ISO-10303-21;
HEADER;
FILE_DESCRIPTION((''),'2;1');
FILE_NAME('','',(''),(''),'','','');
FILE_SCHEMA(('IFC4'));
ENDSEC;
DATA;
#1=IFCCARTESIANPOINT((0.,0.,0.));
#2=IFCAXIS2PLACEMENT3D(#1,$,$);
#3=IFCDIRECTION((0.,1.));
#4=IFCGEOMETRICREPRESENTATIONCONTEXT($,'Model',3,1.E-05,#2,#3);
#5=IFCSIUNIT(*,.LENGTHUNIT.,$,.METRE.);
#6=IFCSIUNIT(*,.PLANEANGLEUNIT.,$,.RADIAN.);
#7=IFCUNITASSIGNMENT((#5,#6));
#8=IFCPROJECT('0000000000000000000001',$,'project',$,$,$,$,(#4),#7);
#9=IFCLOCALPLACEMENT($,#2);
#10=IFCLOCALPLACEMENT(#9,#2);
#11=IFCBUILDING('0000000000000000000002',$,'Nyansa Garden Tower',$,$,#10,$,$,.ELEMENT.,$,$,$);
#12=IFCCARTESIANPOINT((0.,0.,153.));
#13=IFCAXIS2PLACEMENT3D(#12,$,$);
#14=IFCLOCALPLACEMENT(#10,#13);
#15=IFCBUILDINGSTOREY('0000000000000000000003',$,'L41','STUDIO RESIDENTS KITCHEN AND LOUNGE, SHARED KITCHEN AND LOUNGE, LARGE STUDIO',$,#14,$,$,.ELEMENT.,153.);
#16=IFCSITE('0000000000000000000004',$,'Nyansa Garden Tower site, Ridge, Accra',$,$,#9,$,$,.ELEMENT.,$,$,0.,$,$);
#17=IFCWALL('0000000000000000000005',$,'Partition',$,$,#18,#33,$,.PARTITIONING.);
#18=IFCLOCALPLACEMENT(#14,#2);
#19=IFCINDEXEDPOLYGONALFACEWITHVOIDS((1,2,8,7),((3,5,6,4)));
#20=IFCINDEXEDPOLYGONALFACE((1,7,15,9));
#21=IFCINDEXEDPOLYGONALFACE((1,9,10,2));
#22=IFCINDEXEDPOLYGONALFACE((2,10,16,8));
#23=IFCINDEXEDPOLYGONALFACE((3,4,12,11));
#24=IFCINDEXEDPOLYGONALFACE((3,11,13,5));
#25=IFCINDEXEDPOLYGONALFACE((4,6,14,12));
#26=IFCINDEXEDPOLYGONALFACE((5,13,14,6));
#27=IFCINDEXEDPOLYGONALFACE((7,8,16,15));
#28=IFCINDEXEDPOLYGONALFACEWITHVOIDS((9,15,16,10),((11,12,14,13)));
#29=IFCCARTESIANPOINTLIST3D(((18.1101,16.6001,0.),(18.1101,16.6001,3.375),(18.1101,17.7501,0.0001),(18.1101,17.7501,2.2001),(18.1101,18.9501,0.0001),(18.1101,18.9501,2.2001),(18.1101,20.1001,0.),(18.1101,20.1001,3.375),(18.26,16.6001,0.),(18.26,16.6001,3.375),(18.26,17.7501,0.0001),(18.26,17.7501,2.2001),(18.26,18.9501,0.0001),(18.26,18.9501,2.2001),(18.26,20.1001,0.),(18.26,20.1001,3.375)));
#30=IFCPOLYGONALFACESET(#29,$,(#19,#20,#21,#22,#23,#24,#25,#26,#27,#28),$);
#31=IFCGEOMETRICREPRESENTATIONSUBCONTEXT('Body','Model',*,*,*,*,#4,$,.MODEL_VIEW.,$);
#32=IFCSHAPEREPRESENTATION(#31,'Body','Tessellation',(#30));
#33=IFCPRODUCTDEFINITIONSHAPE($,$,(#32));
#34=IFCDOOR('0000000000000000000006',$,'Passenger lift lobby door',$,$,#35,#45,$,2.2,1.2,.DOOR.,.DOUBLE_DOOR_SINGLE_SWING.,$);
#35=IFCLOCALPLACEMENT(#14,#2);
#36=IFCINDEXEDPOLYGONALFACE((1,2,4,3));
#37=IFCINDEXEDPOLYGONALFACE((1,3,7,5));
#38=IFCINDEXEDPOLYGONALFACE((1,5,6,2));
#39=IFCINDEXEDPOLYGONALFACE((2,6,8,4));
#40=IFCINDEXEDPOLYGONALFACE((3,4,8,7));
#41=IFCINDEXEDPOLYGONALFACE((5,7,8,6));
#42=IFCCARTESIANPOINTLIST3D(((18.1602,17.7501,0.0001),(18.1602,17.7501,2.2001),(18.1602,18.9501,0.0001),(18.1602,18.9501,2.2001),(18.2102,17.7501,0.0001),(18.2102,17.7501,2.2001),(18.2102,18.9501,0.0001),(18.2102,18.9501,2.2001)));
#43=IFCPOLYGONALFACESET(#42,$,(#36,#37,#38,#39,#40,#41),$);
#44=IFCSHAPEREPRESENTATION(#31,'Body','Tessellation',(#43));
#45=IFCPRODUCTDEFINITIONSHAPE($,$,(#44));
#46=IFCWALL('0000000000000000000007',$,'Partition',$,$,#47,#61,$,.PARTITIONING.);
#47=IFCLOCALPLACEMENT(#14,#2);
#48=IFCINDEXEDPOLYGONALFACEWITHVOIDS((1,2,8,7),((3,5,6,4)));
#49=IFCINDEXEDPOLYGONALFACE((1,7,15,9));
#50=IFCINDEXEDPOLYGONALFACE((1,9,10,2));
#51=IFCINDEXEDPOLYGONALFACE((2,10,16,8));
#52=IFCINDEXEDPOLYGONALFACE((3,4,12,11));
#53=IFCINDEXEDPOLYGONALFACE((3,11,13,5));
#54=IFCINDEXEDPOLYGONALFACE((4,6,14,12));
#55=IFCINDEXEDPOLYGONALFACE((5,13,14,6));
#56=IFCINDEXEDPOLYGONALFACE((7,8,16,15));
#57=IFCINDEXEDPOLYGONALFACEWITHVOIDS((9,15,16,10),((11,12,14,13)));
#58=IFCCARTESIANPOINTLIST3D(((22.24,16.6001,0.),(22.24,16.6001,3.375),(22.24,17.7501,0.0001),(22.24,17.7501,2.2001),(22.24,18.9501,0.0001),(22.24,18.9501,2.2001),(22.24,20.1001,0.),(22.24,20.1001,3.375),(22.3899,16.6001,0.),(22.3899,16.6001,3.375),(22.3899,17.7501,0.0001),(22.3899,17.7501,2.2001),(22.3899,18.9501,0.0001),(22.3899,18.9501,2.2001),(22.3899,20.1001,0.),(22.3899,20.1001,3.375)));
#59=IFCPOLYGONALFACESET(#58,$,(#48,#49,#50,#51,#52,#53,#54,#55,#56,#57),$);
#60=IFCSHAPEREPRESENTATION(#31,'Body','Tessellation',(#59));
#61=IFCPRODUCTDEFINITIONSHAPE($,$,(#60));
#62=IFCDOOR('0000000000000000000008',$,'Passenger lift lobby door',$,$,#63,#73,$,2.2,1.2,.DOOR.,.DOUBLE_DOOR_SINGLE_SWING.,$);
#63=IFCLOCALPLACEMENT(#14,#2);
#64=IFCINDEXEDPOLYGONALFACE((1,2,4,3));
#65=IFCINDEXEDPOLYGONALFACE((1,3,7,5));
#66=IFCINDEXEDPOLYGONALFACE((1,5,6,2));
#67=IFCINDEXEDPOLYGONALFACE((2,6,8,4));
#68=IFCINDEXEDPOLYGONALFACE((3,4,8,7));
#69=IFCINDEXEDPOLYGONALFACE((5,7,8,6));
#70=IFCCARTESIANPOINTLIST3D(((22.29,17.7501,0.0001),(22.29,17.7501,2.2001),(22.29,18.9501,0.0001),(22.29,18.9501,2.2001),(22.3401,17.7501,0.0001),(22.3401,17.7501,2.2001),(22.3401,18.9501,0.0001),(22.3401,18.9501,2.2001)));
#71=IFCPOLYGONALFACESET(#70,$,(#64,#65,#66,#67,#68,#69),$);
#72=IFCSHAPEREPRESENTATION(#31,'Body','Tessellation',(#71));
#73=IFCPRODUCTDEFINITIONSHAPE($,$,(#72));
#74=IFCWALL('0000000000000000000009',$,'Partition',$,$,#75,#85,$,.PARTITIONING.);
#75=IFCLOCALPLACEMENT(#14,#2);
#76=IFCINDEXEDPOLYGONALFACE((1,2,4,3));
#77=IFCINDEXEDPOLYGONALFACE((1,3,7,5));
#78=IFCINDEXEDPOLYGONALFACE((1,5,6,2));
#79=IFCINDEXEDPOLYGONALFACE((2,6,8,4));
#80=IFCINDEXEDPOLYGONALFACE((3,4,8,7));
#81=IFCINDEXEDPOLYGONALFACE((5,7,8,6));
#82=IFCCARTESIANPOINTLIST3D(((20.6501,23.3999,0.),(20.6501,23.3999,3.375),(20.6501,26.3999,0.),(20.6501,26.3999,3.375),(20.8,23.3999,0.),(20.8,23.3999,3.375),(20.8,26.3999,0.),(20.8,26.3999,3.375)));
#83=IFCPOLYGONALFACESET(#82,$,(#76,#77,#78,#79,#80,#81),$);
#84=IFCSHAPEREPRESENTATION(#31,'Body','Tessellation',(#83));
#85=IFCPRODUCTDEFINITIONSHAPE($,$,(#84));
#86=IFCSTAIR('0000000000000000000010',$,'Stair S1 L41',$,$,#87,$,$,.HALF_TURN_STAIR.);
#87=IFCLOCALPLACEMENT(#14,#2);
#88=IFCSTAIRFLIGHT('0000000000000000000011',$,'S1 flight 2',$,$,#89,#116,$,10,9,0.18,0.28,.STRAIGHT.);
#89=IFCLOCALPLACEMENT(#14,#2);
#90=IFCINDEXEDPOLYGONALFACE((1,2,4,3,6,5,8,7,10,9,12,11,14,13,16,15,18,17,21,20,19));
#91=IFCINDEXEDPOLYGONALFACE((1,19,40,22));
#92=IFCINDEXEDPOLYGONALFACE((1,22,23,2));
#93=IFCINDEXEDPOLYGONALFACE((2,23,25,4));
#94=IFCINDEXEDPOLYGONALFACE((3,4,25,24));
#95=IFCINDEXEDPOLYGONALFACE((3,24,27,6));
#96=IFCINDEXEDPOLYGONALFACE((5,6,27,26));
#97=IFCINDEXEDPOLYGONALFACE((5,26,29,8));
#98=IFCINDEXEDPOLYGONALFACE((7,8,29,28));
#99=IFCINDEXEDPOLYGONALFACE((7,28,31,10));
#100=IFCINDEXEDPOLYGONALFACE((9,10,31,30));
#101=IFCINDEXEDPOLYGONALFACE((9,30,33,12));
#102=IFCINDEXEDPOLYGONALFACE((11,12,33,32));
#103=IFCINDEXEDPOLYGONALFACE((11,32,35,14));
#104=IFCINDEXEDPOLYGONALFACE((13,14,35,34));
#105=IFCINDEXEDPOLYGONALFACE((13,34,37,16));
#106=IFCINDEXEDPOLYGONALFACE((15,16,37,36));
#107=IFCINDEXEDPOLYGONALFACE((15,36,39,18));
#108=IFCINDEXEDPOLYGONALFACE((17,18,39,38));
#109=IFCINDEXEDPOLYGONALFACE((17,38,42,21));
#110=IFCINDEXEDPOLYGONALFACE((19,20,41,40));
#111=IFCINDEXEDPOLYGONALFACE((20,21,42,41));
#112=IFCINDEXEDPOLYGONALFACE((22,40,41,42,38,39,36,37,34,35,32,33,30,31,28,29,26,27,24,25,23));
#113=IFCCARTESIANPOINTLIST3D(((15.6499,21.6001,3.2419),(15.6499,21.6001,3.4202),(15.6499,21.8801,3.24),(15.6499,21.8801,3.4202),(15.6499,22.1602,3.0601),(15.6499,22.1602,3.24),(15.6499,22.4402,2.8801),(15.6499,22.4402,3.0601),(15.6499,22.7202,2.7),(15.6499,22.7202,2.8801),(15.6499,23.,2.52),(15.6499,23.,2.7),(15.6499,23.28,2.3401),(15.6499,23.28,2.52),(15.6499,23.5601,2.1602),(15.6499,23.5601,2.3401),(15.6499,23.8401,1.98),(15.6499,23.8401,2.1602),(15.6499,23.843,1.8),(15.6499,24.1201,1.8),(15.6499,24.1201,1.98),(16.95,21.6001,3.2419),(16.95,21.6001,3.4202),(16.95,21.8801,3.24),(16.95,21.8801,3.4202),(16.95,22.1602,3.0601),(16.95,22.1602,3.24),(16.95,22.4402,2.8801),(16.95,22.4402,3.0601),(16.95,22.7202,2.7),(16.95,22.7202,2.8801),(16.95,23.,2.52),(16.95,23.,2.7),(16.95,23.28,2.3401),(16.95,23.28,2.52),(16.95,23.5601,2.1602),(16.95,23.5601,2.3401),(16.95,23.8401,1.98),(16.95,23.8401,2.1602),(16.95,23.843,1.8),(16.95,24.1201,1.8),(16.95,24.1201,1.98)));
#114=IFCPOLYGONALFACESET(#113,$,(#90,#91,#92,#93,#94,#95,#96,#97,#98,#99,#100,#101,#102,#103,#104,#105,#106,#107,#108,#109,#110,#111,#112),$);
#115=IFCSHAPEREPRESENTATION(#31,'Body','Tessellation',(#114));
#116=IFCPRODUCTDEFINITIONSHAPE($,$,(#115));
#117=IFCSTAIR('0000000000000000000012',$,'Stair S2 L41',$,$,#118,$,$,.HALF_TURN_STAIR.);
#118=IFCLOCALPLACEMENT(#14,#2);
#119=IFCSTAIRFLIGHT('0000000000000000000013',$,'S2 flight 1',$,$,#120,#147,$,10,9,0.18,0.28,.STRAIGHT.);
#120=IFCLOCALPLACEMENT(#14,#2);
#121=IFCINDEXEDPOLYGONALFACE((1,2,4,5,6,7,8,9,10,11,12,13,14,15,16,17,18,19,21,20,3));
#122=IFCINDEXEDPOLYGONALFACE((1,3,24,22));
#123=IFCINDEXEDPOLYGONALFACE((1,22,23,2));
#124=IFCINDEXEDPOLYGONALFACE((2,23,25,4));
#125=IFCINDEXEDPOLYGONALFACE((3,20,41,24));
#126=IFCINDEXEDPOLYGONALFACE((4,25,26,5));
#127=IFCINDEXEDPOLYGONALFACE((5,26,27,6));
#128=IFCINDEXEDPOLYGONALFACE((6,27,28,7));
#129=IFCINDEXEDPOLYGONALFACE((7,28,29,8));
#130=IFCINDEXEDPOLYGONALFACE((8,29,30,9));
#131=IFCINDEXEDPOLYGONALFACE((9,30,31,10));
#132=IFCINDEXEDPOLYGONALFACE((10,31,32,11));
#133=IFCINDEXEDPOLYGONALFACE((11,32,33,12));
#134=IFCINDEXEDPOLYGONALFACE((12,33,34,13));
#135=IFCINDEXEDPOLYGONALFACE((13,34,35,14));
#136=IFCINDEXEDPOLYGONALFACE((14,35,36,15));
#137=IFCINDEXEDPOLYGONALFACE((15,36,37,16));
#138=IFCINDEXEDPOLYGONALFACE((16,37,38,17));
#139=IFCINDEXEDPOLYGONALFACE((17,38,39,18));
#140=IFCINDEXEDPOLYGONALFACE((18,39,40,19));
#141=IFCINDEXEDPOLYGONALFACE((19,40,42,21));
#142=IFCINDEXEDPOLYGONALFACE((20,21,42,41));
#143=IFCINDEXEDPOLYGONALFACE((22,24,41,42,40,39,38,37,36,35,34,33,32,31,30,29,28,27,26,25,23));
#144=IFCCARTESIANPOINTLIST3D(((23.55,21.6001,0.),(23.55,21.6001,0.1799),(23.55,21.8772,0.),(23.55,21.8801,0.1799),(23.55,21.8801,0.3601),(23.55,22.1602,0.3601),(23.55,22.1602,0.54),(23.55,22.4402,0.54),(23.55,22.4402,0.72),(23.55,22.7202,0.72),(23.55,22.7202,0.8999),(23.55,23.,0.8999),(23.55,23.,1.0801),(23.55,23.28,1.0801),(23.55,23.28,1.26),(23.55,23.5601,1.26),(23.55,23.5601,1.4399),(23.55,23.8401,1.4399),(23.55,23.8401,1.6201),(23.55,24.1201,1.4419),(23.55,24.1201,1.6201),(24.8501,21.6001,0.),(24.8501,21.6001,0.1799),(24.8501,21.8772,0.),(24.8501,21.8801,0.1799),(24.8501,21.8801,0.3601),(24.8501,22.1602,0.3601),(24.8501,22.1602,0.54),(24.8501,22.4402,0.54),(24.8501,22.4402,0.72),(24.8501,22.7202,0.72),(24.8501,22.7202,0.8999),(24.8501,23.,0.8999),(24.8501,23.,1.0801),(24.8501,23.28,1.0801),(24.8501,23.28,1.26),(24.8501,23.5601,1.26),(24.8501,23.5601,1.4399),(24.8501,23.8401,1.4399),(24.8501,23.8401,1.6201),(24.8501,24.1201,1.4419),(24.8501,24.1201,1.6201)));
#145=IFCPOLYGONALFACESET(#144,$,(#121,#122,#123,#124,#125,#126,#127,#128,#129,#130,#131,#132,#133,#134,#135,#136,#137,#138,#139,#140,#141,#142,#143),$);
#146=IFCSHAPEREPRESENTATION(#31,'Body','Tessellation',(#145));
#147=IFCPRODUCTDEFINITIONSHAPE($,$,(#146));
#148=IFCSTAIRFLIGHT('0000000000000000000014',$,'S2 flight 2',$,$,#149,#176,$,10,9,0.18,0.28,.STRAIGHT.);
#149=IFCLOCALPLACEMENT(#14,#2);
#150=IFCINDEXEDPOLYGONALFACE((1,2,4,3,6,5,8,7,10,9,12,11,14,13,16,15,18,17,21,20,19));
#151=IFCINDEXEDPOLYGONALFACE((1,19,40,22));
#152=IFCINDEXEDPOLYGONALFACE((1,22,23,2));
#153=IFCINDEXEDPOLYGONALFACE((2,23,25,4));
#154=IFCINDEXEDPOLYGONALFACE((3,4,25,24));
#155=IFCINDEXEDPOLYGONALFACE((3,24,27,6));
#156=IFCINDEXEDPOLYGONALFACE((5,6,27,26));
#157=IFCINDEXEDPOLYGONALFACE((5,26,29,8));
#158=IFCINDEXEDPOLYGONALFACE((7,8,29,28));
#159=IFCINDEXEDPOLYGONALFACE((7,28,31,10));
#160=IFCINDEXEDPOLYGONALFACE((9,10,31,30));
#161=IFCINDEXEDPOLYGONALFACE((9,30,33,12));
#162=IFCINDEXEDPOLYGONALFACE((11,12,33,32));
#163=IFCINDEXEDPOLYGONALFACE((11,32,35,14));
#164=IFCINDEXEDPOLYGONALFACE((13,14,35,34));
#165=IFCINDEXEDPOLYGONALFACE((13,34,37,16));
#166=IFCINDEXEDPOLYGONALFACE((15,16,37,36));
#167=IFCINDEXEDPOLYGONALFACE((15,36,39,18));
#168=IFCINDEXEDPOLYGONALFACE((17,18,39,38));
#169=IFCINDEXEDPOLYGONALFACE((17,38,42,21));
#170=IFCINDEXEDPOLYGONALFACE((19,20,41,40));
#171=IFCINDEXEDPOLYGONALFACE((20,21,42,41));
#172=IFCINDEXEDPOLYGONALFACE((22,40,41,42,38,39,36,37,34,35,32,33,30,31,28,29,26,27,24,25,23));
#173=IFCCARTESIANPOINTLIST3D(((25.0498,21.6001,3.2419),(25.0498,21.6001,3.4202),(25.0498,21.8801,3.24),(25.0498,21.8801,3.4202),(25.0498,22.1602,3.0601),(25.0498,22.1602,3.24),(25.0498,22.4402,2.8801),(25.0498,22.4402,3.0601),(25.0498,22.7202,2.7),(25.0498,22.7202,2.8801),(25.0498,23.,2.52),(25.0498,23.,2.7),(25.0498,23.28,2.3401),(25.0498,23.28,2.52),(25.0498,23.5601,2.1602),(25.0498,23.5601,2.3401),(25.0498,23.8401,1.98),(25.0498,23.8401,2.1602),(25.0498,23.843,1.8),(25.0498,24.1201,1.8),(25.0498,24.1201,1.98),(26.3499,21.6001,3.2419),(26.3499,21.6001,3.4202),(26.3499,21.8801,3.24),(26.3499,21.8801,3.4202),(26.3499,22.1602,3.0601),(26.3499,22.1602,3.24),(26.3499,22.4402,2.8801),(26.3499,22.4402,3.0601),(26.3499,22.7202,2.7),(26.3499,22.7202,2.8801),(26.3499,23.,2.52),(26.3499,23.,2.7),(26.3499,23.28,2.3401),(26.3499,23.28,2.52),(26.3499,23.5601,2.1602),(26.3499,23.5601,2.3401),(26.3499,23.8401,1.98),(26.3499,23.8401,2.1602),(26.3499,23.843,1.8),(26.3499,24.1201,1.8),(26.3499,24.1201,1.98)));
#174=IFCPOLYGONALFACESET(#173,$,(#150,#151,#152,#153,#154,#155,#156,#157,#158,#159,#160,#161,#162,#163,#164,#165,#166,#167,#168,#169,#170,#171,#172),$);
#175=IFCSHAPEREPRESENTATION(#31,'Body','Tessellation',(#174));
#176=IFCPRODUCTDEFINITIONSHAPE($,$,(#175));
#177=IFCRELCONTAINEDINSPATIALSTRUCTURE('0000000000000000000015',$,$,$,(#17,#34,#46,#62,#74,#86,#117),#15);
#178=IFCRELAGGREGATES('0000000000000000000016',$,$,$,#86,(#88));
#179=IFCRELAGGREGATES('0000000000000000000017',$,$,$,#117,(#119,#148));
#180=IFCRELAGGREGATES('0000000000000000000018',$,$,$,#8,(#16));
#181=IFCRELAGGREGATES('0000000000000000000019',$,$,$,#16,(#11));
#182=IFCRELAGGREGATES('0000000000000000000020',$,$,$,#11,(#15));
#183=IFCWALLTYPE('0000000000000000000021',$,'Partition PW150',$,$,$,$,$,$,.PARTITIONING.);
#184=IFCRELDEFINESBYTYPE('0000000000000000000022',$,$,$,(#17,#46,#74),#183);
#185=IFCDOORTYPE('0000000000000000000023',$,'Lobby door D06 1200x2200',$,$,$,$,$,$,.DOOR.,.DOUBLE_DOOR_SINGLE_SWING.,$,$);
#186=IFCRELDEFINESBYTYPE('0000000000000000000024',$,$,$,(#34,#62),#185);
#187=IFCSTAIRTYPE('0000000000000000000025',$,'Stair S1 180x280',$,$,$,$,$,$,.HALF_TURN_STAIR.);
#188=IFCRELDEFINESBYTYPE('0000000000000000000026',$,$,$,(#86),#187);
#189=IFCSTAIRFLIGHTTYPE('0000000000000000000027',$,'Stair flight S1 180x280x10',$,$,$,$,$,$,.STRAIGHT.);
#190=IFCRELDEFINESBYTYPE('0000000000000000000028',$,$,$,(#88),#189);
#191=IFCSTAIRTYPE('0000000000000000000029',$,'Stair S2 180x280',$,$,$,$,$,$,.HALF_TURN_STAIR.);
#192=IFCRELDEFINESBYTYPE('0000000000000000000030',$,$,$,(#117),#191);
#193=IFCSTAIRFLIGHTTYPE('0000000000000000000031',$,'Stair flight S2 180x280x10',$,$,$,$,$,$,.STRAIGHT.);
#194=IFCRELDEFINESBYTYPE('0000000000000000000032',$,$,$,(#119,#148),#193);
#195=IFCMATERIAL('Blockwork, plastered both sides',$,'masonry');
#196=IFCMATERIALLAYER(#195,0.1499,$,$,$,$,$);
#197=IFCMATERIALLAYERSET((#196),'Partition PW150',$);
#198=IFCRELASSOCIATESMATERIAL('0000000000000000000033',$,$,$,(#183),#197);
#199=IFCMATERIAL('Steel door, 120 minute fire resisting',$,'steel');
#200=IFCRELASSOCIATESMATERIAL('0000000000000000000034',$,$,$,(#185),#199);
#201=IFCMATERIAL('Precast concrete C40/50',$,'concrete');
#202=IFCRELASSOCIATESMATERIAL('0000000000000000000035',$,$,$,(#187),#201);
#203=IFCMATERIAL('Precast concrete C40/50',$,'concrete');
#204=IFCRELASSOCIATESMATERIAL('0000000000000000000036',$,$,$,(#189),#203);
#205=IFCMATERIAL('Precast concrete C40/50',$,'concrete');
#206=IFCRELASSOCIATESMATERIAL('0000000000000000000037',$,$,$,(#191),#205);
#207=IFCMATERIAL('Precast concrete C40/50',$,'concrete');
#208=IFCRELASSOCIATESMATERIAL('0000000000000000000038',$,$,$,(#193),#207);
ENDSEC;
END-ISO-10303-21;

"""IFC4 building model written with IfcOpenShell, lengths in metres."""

from ifc_helpers import new_model, si_unit, direction, frame, frame_2d, origin, place, context, subcontext, project, spatial, polyline, rectangle, outline, extrude, material, layer, layer_set, type_object, element, fill, aggregate, save


model = new_model("IFC4")

# Units and contexts
model_context = context("Model", 3, precision=1e-05, world=origin(), true_north=direction((0.0, 1.0)))
body_context = subcontext(model_context, "Body", "Model", "MODEL_VIEW")
ifc_project = project(units=[si_unit("LENGTHUNIT", "METRE"), si_unit("PLANEANGLEUNIT", "RADIAN")], contexts=[model_context])

# Site, building, storey
site_placement = place(None, origin())
site = spatial("IfcSite", under=ifc_project, at=site_placement, Name="Nyansa Garden Tower site, Ridge, Accra", CompositionType="ELEMENT", RefElevation=0.0)
building_placement = place(site_placement, origin())
building = spatial("IfcBuilding", under=site, at=building_placement, Name="Nyansa Garden Tower", CompositionType="ELEMENT")
storey_placement = place(building_placement, frame((0.0, 0.0, 153.0)))
storey = spatial("IfcBuildingStorey", under=building, at=storey_placement, Name="L41", Description="STUDIO RESIDENTS KITCHEN AND LOUNGE, SHARED KITCHEN AND LOUNGE, LARGE STUDIO", CompositionType="ELEMENT", Elevation=153.0)

# Walls, openings, doors
ifc_material_1 = material(Name="Blockwork, plastered both sides", Category="masonry")
ifc_layer_1 = layer(ifc_material_1, 0.1499)
ifc_layer_set_1 = layer_set([ifc_layer_1], Name="Partition PW150")
wall_type_1 = type_object("IfcWallType", Name="Partition PW150", PredefinedType="PARTITIONING", material=ifc_layer_set_1)
wall_1_placement = place(storey_placement, frame((18.1851, 16.6001, 0.0), z_axis=(0.0, 0.0, 1.0), x_axis=(0.0, 1.0, 0.0)))
wall_1 = element("IfcWall", 1, at=wall_1_placement, inside=storey, type_object=wall_type_1, Name="Partition", PredefinedType="PARTITIONING", context=body_context, shape_type="SweptSolid", body=[
    extrude(rectangle(XDim=3.5, YDim=0.1499, at=frame_2d((1.75, 0.0))), origin(), (0.0, 0.0, 1.0), 3.375),
])
opening_1_placement = place(wall_1_placement, frame((1.1499, 0.0, 0.0)))
opening_1 = element("IfcOpeningElement", 2, at=opening_1_placement, cuts=wall_1, PredefinedType="OPENING", context=body_context, shape_type="SweptSolid", body=[
    extrude(rectangle(XDim=1.2, YDim=2.2, at=frame_2d((0.6001, 1.1001))), frame((0.0, 0.085, 0.0), z_axis=(0.0, -1.0, 0.0), x_axis=(1.0, 0.0, 0.0)), (0.0, 0.0, 1.0), 0.1699),
])
ifc_material_2 = material(Name="Steel door, 120 minute fire resisting", Category="steel")
door_type = type_object("IfcDoorType", Name="Lobby door D06 1200x2200", OperationType="DOUBLE_DOOR_SINGLE_SWING", PredefinedType="DOOR", material=ifc_material_2)
door_1_placement = place(opening_1_placement, origin())
door_1 = element("IfcDoor", 3, at=door_1_placement, inside=storey, type_object=door_type, Name="Passenger lift lobby door", OperationType="DOUBLE_DOOR_SINGLE_SWING", OverallHeight=2.2, OverallWidth=1.2, PredefinedType="DOOR", context=body_context, shape_type="SweptSolid", body=[
    extrude(rectangle(XDim=1.2, YDim=2.2, at=frame_2d((0.6001, 1.1001))), frame((0.0, 0.0249, 0.0), z_axis=(0.0, -1.0, 0.0), x_axis=(1.0, 0.0, 0.0)), (0.0, 0.0, 1.0), 0.05),
])
fill(opening_1, door_1)
wall_2_placement = place(storey_placement, frame((22.3149, 16.6001, 0.0), z_axis=(0.0, 0.0, 1.0), x_axis=(0.0, 1.0, 0.0)))
wall_2 = element("IfcWall", 4, at=wall_2_placement, inside=storey, type_object=wall_type_1, Name="Partition", PredefinedType="PARTITIONING", context=body_context, shape_type="SweptSolid", body=[
    extrude(rectangle(XDim=3.5, YDim=0.1499, at=frame_2d((1.75, 0.0))), origin(), (0.0, 0.0, 1.0), 3.375),
])
opening_2_placement = place(wall_2_placement, frame((1.1499, 0.0, 0.0)))
opening_2 = element("IfcOpeningElement", 5, at=opening_2_placement, cuts=wall_2, PredefinedType="OPENING", context=body_context, shape_type="SweptSolid", body=[
    extrude(rectangle(XDim=1.2, YDim=2.2, at=frame_2d((0.6001, 1.1001))), frame((0.0, 0.085, 0.0), z_axis=(0.0, -1.0, 0.0), x_axis=(1.0, 0.0, 0.0)), (0.0, 0.0, 1.0), 0.1699),
])
door_2_placement = place(opening_2_placement, origin())
door_2 = element("IfcDoor", 6, at=door_2_placement, inside=storey, type_object=door_type, Name="Passenger lift lobby door", OperationType="DOUBLE_DOOR_SINGLE_SWING", OverallHeight=2.2, OverallWidth=1.2, PredefinedType="DOOR", context=body_context, shape_type="SweptSolid", body=[
    extrude(rectangle(XDim=1.2, YDim=2.2, at=frame_2d((0.6001, 1.1001))), frame((0.0, 0.0249, 0.0), z_axis=(0.0, -1.0, 0.0), x_axis=(1.0, 0.0, 0.0)), (0.0, 0.0, 1.0), 0.05),
])
fill(opening_2, door_2)

# Wall
wall_3_placement = place(storey_placement, frame((20.7251, 23.3999, 0.0), z_axis=(0.0, 0.0, 1.0), x_axis=(0.0, 1.0, 0.0)))
element("IfcWall", 7, at=wall_3_placement, inside=storey, type_object=wall_type_1, Name="Partition", PredefinedType="PARTITIONING", context=body_context, shape_type="SweptSolid", body=[
    extrude(rectangle(XDim=3.0, YDim=0.1499, at=frame_2d((1.5, 0.0))), origin(), (0.0, 0.0, 1.0), 3.375),
])

# Stair, stair flight
ifc_material_3 = material(Name="Precast concrete C40/50", Category="concrete")
stair_type_1 = type_object("IfcStairType", Name="Stair S1 180x280", PredefinedType="HALF_TURN_STAIR", material=ifc_material_3)
stair_1_placement = place(storey_placement, origin())
stair_1 = element("IfcStair", 8, at=stair_1_placement, inside=storey, type_object=stair_type_1, Name="Stair S1 L41", PredefinedType="HALF_TURN_STAIR")
ifc_material_4 = material(Name="Precast concrete C40/50", Category="concrete")
stair_flight_type_1 = type_object("IfcStairFlightType", Name="Stair flight S1 180x280x10", PredefinedType="STRAIGHT", material=ifc_material_4)
stair_flight_1_placement = place(storey_placement, frame((16.3, 24.1201, 1.8), z_axis=(0.0, 0.0, 1.0), x_axis=(0.0, -1.0, 0.0)))
stair_flight_1 = element("IfcStairFlight", 9, at=stair_flight_1_placement, type_object=stair_flight_type_1, Name="S1 flight 2", NumberOfRisers=10, NumberOfTreads=9, PredefinedType="STRAIGHT", RiserHeight=0.18, TreadLength=0.28, context=body_context, shape_type="SweptSolid", body=[
    extrude(outline(polyline([(0.0, 0.0), (0.0, 0.1799), (0.28, 0.1799), (0.28, 0.3601), (0.5601, 0.3601), (0.5601, 0.54), (0.8401, 0.54), (0.8401, 0.72), (1.1201, 0.72), (1.1201, 0.8999), (1.3999, 0.8999), (1.3999, 1.0801), (1.6799, 1.0801), (1.6799, 1.26), (1.96, 1.26), (1.96, 1.4399), (2.24, 1.4399), (2.24, 1.6201), (2.52, 1.6201), (2.52, 1.8), (2.52, 1.4419), (0.2771, 0.0), (0.0, 0.0)])), frame((0.0, 0.6499, 0.0), z_axis=(0.0, -1.0, 0.0), x_axis=(1.0, 0.0, 0.0)), (0.0, 0.0, 1.0), 1.3),
])
aggregate(stair_1, [stair_flight_1])

# Stair, stair flights
ifc_material_5 = material(Name="Precast concrete C40/50", Category="concrete")
stair_type_2 = type_object("IfcStairType", Name="Stair S2 180x280", PredefinedType="HALF_TURN_STAIR", material=ifc_material_5)
stair_2_placement = place(storey_placement, origin())
stair_2 = element("IfcStair", 10, at=stair_2_placement, inside=storey, type_object=stair_type_2, Name="Stair S2 L41", PredefinedType="HALF_TURN_STAIR")
ifc_material_6 = material(Name="Precast concrete C40/50", Category="concrete")
stair_flight_type_2 = type_object("IfcStairFlightType", Name="Stair flight S2 180x280x10", PredefinedType="STRAIGHT", material=ifc_material_6)
stair_flight_2_placement = place(storey_placement, frame((24.2, 21.6001, 0.0), z_axis=(0.0, 0.0, 1.0), x_axis=(0.0, 1.0, 0.0)))
stair_flight_2 = element("IfcStairFlight", 11, at=stair_flight_2_placement, type_object=stair_flight_type_2, Name="S2 flight 1", NumberOfRisers=10, NumberOfTreads=9, PredefinedType="STRAIGHT", RiserHeight=0.18, TreadLength=0.28, context=body_context, shape_type="SweptSolid", body=[
    extrude(outline(polyline([(0.0, 0.0), (0.0, 0.1799), (0.28, 0.1799), (0.28, 0.3601), (0.5601, 0.3601), (0.5601, 0.54), (0.8401, 0.54), (0.8401, 0.72), (1.1201, 0.72), (1.1201, 0.8999), (1.3999, 0.8999), (1.3999, 1.0801), (1.6799, 1.0801), (1.6799, 1.26), (1.96, 1.26), (1.96, 1.4399), (2.24, 1.4399), (2.24, 1.6201), (2.52, 1.6201), (2.52, 1.8), (2.52, 1.4419), (0.2771, 0.0), (0.0, 0.0)])), frame((0.0, 0.6499, 0.0), z_axis=(0.0, -1.0, 0.0), x_axis=(1.0, 0.0, 0.0)), (0.0, 0.0, 1.0), 1.3),
])
stair_flight_3_placement = place(storey_placement, frame((25.7, 24.1201, 1.8), z_axis=(0.0, 0.0, 1.0), x_axis=(0.0, -1.0, 0.0)))
stair_flight_3 = element("IfcStairFlight", 12, at=stair_flight_3_placement, type_object=stair_flight_type_2, Name="S2 flight 2", NumberOfRisers=10, NumberOfTreads=9, PredefinedType="STRAIGHT", RiserHeight=0.18, TreadLength=0.28, context=body_context, shape_type="SweptSolid", body=[
    extrude(outline(polyline([(0.0, 0.0), (0.0, 0.1799), (0.28, 0.1799), (0.28, 0.3601), (0.5601, 0.3601), (0.5601, 0.54), (0.8401, 0.54), (0.8401, 0.72), (1.1201, 0.72), (1.1201, 0.8999), (1.3999, 0.8999), (1.3999, 1.0801), (1.6799, 1.0801), (1.6799, 1.26), (1.96, 1.26), (1.96, 1.4399), (2.24, 1.4399), (2.24, 1.6201), (2.52, 1.6201), (2.52, 1.8), (2.52, 1.4419), (0.2771, 0.0), (0.0, 0.0)])), frame((0.0, 0.6499, 0.0), z_axis=(0.0, -1.0, 0.0), x_axis=(1.0, 0.0, 0.0)), (0.0, 0.0, 1.0), 1.3),
])
aggregate(stair_2, [stair_flight_2, stair_flight_3])

save(model, "model.ifc")
